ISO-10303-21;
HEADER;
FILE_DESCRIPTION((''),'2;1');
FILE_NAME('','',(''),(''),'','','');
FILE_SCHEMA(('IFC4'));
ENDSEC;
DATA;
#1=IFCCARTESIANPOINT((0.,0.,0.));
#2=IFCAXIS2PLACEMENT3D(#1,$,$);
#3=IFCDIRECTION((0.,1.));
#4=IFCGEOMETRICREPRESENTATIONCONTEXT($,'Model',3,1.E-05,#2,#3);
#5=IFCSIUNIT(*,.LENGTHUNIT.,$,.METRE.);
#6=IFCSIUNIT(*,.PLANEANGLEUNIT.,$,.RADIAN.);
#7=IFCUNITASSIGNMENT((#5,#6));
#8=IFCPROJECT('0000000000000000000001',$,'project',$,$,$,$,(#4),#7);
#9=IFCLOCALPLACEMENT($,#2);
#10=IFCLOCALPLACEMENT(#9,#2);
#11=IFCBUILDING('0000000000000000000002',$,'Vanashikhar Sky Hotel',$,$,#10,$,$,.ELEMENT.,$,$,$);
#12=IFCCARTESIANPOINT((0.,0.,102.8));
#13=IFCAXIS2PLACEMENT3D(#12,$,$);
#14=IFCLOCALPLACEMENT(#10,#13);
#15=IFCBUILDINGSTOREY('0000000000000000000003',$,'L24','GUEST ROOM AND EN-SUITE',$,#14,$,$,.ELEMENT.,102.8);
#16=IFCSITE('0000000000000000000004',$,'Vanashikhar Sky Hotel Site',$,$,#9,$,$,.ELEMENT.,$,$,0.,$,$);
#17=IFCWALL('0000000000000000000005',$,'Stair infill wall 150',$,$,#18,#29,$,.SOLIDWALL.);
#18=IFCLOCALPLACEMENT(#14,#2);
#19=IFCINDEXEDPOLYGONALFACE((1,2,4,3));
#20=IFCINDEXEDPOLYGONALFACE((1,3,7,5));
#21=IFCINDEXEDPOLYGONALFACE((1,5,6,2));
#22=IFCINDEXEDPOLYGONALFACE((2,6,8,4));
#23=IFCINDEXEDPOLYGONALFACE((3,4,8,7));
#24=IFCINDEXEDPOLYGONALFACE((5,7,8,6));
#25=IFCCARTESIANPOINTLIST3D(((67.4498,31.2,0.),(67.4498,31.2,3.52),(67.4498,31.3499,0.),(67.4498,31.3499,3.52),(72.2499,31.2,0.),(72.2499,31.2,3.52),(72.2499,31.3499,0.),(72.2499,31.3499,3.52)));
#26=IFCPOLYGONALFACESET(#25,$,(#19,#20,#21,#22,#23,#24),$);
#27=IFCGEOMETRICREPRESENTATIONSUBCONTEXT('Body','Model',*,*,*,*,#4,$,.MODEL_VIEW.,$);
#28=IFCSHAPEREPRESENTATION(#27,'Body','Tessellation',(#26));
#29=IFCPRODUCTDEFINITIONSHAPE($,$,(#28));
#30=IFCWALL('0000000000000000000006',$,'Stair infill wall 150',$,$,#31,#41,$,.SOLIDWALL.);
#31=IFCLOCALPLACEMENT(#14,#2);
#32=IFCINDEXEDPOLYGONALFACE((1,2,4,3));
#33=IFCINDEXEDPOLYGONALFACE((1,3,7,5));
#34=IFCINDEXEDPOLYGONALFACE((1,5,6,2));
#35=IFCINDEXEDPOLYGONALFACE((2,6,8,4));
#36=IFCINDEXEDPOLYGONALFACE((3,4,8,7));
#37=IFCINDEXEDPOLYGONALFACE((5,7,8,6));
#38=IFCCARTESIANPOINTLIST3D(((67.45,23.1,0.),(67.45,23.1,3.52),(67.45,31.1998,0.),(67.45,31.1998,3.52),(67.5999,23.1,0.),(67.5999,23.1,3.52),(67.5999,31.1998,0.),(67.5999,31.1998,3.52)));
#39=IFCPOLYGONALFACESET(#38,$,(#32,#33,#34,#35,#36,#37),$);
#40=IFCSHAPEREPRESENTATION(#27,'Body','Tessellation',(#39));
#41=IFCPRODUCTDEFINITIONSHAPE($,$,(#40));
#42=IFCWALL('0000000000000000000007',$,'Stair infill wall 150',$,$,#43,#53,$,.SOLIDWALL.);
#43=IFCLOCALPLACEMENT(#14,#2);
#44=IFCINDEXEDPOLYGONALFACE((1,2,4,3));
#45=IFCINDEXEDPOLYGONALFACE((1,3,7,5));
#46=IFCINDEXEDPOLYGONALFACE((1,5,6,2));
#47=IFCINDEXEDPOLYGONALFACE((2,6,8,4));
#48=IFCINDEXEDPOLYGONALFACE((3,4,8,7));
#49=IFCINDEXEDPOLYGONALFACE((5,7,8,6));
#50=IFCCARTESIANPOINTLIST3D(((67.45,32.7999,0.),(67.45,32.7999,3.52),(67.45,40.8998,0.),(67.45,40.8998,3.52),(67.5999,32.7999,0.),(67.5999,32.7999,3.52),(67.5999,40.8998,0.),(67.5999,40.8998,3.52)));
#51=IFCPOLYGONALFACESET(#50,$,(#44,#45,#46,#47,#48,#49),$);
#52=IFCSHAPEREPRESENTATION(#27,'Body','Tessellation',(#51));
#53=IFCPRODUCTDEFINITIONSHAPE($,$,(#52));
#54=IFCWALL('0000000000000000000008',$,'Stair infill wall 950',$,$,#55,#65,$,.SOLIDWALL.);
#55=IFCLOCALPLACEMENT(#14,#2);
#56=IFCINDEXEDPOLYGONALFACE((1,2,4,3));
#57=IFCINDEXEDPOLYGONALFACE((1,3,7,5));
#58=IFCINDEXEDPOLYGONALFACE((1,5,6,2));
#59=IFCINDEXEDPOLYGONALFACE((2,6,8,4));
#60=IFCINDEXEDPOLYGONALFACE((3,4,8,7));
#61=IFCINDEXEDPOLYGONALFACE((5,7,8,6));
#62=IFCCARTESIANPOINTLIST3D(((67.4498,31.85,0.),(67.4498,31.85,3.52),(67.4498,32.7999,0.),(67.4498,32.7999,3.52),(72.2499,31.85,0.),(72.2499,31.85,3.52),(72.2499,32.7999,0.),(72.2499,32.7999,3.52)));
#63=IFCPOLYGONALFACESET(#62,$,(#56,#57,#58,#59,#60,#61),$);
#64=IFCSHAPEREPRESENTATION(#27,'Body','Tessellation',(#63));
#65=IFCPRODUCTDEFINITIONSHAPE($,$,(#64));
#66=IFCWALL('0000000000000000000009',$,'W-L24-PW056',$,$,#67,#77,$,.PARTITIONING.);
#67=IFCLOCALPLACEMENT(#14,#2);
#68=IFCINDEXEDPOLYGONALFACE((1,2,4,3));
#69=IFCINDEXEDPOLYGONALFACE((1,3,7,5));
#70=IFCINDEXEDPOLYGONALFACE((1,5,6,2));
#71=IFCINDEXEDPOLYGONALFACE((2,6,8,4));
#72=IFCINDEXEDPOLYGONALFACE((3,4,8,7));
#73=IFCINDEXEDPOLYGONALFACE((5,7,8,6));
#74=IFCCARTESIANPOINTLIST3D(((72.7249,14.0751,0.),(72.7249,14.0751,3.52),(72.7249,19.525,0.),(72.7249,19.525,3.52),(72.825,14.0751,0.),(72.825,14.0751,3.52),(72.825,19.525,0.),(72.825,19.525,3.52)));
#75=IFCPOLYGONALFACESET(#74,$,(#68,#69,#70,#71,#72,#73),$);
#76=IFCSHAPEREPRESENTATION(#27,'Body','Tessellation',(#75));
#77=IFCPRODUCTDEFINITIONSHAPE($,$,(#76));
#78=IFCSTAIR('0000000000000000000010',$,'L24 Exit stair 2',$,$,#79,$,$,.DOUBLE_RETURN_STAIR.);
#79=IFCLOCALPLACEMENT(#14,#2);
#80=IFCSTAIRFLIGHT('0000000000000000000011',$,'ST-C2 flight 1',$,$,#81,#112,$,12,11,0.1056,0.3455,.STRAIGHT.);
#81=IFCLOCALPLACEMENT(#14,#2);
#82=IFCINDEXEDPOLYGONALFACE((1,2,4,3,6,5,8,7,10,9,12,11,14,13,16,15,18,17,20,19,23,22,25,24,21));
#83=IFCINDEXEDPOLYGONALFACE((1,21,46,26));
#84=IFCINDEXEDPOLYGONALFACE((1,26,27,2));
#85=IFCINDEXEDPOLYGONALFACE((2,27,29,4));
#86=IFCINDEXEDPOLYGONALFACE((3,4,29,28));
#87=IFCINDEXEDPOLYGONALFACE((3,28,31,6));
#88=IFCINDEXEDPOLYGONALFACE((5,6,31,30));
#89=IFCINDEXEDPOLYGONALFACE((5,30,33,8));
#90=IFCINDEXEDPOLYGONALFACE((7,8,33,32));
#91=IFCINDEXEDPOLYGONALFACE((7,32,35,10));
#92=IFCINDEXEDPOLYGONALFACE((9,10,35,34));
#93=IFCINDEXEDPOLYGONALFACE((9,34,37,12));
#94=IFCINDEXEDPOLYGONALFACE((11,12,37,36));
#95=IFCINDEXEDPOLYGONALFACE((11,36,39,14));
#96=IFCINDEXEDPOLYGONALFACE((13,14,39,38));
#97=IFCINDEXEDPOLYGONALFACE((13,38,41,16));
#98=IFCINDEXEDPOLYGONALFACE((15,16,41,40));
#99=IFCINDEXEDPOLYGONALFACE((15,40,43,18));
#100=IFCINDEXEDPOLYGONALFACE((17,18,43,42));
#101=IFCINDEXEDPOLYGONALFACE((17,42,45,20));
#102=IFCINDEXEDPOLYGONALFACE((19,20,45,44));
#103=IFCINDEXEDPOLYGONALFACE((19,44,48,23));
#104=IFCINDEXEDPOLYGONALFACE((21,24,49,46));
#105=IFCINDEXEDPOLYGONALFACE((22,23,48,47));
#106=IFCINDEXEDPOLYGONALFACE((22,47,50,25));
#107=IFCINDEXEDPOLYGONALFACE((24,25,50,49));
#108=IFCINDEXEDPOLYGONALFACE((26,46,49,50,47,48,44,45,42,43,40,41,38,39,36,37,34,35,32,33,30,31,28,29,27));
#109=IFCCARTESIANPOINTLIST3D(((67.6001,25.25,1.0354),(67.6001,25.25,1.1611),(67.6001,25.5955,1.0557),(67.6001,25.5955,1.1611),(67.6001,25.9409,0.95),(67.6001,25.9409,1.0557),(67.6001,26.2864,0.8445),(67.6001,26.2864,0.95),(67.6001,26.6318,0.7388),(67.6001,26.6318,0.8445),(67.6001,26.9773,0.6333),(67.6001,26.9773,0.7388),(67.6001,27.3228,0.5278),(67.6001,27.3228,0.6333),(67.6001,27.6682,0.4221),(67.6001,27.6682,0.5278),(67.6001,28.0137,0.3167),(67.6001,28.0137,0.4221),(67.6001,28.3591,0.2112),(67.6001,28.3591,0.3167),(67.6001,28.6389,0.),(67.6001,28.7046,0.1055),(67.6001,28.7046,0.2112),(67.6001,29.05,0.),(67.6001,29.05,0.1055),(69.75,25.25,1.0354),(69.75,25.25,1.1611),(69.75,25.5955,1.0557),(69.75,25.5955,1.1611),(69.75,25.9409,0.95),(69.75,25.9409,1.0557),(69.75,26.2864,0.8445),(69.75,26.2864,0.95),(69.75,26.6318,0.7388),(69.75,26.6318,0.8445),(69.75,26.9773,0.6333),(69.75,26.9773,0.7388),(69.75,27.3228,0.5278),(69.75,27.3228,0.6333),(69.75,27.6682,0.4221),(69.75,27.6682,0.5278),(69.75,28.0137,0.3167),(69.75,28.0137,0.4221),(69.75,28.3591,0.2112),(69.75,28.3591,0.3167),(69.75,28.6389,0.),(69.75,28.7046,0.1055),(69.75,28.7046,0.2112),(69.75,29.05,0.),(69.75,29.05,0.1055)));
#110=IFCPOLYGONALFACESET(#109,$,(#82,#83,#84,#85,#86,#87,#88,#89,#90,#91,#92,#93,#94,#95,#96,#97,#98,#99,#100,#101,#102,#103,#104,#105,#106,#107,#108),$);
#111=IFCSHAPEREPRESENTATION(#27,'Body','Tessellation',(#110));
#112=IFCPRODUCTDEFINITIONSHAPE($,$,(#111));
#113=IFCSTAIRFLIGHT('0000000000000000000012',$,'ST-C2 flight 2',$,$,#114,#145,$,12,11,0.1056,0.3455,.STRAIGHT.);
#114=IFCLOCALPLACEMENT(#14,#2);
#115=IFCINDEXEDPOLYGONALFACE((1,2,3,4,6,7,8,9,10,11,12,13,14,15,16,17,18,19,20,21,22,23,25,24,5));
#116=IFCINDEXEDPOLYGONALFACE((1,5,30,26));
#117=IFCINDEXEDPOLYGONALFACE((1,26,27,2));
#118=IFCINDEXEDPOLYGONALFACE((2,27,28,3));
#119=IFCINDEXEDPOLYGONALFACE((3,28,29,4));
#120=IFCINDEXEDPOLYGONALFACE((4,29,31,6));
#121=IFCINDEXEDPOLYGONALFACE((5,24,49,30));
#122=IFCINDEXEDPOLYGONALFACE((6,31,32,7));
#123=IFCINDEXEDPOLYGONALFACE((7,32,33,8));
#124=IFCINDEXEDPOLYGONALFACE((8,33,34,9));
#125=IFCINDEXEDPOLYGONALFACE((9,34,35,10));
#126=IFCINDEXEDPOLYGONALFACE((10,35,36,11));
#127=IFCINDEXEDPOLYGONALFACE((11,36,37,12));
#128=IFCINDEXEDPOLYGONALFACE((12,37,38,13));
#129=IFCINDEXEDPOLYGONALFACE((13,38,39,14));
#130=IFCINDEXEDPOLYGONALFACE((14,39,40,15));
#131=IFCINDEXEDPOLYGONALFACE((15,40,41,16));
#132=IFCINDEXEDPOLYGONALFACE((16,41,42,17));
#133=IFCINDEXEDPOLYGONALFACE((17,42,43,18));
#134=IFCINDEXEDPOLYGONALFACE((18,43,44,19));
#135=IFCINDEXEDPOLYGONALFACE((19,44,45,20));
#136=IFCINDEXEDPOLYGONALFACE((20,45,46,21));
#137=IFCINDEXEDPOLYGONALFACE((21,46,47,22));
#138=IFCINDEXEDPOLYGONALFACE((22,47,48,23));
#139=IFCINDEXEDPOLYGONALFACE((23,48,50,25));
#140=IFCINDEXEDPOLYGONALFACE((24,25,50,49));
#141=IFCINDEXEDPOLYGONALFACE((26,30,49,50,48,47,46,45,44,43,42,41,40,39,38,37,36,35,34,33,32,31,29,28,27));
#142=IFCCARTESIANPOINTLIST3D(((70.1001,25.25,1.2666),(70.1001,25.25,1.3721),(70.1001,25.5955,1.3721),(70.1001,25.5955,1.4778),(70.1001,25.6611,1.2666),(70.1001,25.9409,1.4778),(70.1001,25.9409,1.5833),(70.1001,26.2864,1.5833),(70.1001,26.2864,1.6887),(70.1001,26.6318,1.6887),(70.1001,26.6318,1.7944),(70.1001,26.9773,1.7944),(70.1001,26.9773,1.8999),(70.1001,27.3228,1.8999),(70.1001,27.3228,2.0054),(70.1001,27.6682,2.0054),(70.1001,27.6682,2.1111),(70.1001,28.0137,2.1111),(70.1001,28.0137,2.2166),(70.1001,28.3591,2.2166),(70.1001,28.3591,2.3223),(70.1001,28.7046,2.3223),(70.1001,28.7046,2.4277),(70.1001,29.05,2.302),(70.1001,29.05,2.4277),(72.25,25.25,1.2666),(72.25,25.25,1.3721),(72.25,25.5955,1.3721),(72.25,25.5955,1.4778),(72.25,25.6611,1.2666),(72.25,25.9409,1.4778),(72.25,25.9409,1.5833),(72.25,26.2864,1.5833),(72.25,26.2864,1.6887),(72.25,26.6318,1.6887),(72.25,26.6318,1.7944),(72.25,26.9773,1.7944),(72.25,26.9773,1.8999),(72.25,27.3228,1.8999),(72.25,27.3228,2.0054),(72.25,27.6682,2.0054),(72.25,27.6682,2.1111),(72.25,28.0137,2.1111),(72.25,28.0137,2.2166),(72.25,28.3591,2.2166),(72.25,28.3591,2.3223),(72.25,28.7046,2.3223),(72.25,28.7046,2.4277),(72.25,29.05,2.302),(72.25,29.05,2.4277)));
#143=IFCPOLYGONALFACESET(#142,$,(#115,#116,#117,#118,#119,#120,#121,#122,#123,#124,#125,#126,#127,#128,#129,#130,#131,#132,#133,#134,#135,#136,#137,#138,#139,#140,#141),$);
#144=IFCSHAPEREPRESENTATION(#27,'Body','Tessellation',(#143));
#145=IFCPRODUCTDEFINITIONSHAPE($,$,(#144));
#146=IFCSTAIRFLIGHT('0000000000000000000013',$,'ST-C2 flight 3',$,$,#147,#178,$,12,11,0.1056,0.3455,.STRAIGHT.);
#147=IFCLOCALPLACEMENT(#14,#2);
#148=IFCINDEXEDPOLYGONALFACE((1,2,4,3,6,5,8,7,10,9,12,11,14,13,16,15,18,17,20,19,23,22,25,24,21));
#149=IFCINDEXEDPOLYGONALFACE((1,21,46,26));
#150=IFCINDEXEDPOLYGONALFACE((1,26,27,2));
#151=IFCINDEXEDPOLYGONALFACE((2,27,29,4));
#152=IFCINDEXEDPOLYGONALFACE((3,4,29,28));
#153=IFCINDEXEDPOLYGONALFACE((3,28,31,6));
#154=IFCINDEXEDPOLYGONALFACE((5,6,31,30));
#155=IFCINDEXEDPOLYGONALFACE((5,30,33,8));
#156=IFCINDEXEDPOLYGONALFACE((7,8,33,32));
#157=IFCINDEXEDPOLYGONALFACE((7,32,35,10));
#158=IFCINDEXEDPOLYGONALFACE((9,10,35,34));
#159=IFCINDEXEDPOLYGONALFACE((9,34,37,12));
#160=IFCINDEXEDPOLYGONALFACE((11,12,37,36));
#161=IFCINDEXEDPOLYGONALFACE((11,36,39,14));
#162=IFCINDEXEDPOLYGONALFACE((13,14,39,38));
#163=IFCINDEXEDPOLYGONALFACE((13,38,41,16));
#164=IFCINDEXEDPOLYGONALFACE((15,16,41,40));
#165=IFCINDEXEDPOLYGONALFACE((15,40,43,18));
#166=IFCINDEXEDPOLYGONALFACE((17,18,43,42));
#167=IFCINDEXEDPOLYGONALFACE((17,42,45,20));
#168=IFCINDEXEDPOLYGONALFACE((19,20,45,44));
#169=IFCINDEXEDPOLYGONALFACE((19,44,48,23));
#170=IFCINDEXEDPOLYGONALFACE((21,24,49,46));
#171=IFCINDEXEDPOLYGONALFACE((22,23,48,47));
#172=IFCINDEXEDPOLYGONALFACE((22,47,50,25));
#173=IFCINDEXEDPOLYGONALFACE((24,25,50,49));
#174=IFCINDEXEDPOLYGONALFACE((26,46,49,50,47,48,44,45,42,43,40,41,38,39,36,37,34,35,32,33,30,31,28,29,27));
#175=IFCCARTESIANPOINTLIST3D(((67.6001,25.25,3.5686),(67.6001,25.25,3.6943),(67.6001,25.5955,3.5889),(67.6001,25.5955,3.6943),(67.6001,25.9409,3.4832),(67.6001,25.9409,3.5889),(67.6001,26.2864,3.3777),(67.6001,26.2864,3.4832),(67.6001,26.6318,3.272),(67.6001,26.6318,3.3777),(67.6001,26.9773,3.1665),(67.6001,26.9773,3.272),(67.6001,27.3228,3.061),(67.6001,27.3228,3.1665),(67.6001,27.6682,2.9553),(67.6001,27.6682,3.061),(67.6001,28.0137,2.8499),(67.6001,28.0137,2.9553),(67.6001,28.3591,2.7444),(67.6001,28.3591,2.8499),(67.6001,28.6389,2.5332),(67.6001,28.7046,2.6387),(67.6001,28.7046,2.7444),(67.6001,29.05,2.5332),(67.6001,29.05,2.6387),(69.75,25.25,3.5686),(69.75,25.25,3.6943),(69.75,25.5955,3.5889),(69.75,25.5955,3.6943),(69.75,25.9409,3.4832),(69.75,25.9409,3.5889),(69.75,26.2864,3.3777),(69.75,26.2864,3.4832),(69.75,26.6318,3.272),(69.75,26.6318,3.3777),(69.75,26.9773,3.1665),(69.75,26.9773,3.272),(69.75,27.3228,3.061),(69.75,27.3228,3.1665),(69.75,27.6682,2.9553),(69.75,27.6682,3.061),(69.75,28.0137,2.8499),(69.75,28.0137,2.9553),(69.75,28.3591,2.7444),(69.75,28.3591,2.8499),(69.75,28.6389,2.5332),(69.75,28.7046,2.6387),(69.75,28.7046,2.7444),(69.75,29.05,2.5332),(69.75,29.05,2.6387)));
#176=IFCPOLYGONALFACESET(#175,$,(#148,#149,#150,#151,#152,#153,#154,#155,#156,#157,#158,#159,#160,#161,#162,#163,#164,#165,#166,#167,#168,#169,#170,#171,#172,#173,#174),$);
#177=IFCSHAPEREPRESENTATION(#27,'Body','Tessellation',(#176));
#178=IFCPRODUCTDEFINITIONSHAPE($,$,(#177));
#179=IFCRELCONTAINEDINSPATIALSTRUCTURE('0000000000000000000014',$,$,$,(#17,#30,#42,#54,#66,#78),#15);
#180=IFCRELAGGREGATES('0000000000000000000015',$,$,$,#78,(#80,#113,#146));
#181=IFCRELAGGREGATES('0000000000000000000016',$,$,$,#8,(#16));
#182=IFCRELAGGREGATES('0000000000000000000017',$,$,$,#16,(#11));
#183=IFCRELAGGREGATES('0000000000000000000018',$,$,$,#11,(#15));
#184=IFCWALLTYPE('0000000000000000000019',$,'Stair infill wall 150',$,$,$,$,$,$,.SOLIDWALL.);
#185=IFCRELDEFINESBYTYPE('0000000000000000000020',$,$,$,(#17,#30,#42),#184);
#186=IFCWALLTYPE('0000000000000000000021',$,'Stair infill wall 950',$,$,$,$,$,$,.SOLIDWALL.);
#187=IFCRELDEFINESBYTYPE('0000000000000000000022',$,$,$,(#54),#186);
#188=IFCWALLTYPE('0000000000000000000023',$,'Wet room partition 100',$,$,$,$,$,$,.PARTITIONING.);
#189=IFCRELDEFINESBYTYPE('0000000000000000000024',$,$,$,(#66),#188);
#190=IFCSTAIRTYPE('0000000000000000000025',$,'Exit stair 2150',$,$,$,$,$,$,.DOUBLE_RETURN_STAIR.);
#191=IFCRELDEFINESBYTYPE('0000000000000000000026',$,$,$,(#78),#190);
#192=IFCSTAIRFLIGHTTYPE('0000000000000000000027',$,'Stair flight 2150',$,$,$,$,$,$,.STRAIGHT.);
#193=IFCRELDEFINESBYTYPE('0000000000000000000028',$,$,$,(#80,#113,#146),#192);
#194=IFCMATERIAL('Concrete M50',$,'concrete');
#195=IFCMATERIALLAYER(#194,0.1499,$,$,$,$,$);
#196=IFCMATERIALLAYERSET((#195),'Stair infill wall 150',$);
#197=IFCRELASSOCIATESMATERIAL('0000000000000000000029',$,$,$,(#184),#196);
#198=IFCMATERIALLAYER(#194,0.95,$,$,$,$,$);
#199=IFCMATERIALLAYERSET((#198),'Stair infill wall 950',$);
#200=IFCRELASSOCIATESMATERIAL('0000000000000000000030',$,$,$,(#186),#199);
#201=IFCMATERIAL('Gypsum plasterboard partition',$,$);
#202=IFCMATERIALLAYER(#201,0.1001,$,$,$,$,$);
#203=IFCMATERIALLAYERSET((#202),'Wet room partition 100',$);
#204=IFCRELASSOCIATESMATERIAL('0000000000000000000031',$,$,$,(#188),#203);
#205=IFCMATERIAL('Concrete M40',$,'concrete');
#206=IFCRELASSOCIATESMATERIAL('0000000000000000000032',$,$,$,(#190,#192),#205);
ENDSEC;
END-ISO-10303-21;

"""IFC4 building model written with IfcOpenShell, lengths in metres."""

from ifc_helpers import new_model, si_unit, direction, frame, frame_2d, origin, place, context, subcontext, project, spatial, polyline, rectangle, outline, extrude, source, transform, mapped, material, layer, layer_set, type_object, element, aggregate, save


model = new_model("IFC4")

# Units and contexts
model_context = context("Model", 3, precision=1e-05, world=origin(), true_north=direction((0.0, 1.0)))
body_context = subcontext(model_context, "Body", "Model", "MODEL_VIEW")
ifc_project = project(units=[si_unit("LENGTHUNIT", "METRE"), si_unit("PLANEANGLEUNIT", "RADIAN")], contexts=[model_context])

# Site, building, storey
site_placement = place(None, origin())
site = spatial("IfcSite", under=ifc_project, at=site_placement, Name="Vanashikhar Sky Hotel Site", CompositionType="ELEMENT", RefElevation=0.0)
building_placement = place(site_placement, origin())
building = spatial("IfcBuilding", under=site, at=building_placement, Name="Vanashikhar Sky Hotel", CompositionType="ELEMENT")
storey_placement = place(building_placement, frame((0.0, 0.0, 102.8)))
storey = spatial("IfcBuildingStorey", under=building, at=storey_placement, Name="L24", Description="GUEST ROOM AND EN-SUITE", CompositionType="ELEMENT", Elevation=102.8)

# Shared definitions
ifc_material_1 = material(Name="Concrete M50", Category="concrete")

# Shared definitions
ifc_material_2 = material(Name="Concrete M40", Category="concrete")

# Walls
ifc_layer_1 = layer(ifc_material_1, 0.1499)
ifc_layer_set_1 = layer_set([ifc_layer_1], Name="Stair infill wall 150")
wall_type_1 = type_object("IfcWallType", Name="Stair infill wall 150", PredefinedType="SOLIDWALL", material=ifc_layer_set_1)
shared_shape_1 = source(origin(), body_context, "Body", "SweptSolid", [
    extrude(rectangle(XDim=4.8, YDim=0.1499, at=frame_2d((2.3999, 0.0))), origin(), (0.0, 0.0, 1.0), 3.52),
])
wall_1_placement = place(storey_placement, frame((67.45, 31.2749, 0.0), z_axis=(0.0, 0.0, 1.0), x_axis=(1.0, 0.0, 0.0)))
element("IfcWall", 1, at=wall_1_placement, inside=storey, type_object=wall_type_1, Name="Stair infill wall 150", PredefinedType="SOLIDWALL", context=body_context, shape_type="MappedRepresentation", body=[
    mapped(shared_shape_1, transform((0.0, 0.0, 0.0), scale=1.0)),
])
shared_shape_2 = source(origin(), body_context, "Body", "SweptSolid", [
    extrude(rectangle(XDim=8.0999, YDim=0.1499, at=frame_2d((4.0498, 0.0))), origin(), (0.0, 0.0, 1.0), 3.52),
])
for number, where, z_axis, x_axis, name in (
    (2, (67.5249, 23.1001, 0.0), (0.0, 0.0, 1.0), (0.0, 1.0, 0.0), "Stair infill wall 150"),
    (3, (67.5249, 32.8, 0.0), (0.0, 0.0, 1.0), (0.0, 1.0, 0.0), "Stair infill wall 150"),
):
    element("IfcWall", number, at=place(storey_placement, frame(where, z_axis=z_axis, x_axis=x_axis)), inside=storey, type_object=wall_type_1, Name=name, PredefinedType="SOLIDWALL", context=body_context, shape_type="MappedRepresentation", body=[
        mapped(shared_shape_2, transform((0.0, 0.0, 0.0), scale=1.0)),
    ])
ifc_layer_2 = layer(ifc_material_1, 0.95)
ifc_layer_set_2 = layer_set([ifc_layer_2], Name="Stair infill wall 950")
wall_type_2 = type_object("IfcWallType", Name="Stair infill wall 950", PredefinedType="SOLIDWALL", material=ifc_layer_set_2)
shared_shape_3 = source(origin(), body_context, "Body", "SweptSolid", [
    extrude(rectangle(XDim=4.8, YDim=0.95, at=frame_2d((2.3999, 0.0))), origin(), (0.0, 0.0, 1.0), 3.52),
])
wall_2_placement = place(storey_placement, frame((67.45, 32.325, 0.0), z_axis=(0.0, 0.0, 1.0), x_axis=(1.0, 0.0, 0.0)))
element("IfcWall", 4, at=wall_2_placement, inside=storey, type_object=wall_type_2, Name="Stair infill wall 950", PredefinedType="SOLIDWALL", context=body_context, shape_type="MappedRepresentation", body=[
    mapped(shared_shape_3, transform((0.0, 0.0, 0.0), scale=1.0)),
])
ifc_material_3 = material(Name="Gypsum plasterboard partition")
ifc_layer_3 = layer(ifc_material_3, 0.1001)
ifc_layer_set_3 = layer_set([ifc_layer_3], Name="Wet room partition 100")
wall_type_3 = type_object("IfcWallType", Name="Wet room partition 100", PredefinedType="PARTITIONING", material=ifc_layer_set_3)
shared_shape_4 = source(origin(), body_context, "Body", "SweptSolid", [
    extrude(rectangle(XDim=5.45, YDim=0.1001, at=frame_2d((2.7251, 0.0))), origin(), (0.0, 0.0, 1.0), 3.52),
])
wall_3_placement = place(storey_placement, frame((72.7749, 14.075, 0.0), z_axis=(0.0, 0.0, 1.0), x_axis=(0.0, 1.0, 0.0)))
element("IfcWall", 5, at=wall_3_placement, inside=storey, type_object=wall_type_3, Name="W-L24-PW056", PredefinedType="PARTITIONING", context=body_context, shape_type="MappedRepresentation", body=[
    mapped(shared_shape_4, transform((0.0, 0.0, 0.0), scale=1.0)),
])

# Stair, stair flights
stair_type = type_object("IfcStairType", Name="Exit stair 2150", PredefinedType="DOUBLE_RETURN_STAIR", material=ifc_material_2)
stair_1_placement = place(storey_placement, origin())
stair_1 = element("IfcStair", 6, at=stair_1_placement, inside=storey, type_object=stair_type, Name="L24 Exit stair 2", PredefinedType="DOUBLE_RETURN_STAIR")
stair_flight_type = type_object("IfcStairFlightType", Name="Stair flight 2150", PredefinedType="STRAIGHT", material=ifc_material_2)
shared_shape_5 = source(origin(), body_context, "Body", "SweptSolid", [
    extrude(outline(polyline([(0.0, 0.0), (0.0, 0.1055), (0.3455, 0.1055), (0.3455, 0.2112), (0.6909, 0.2112), (0.6909, 0.3167), (1.0364, 0.3167), (1.0364, 0.4221), (1.3818, 0.4221), (1.3818, 0.5278), (1.7273, 0.5278), (1.7273, 0.6333), (2.0728, 0.6333), (2.0728, 0.7388), (2.4182, 0.7388), (2.4182, 0.8445), (2.7637, 0.8445), (2.7637, 0.95), (3.1091, 0.95), (3.1091, 1.0557), (3.4546, 1.0557), (3.4546, 1.1611), (3.8, 1.1611), (3.8, 1.2666), (3.8, 1.0354), (0.4111, 0.0), (0.0, 0.0)])), frame((0.0, 1.075, 0.0), z_axis=(0.0, -1.0, 0.0), x_axis=(1.0, 0.0, 0.0)), (0.0, 0.0, 1.0), 2.1499),
])
stair_flight_1_placement = place(storey_placement, frame((68.675, 29.05, 0.0), z_axis=(0.0, 0.0, 1.0), x_axis=(0.0, -1.0, 0.0)))
stair_flight_1 = element("IfcStairFlight", 7, at=stair_flight_1_placement, type_object=stair_flight_type, Name="ST-C2 flight 1", NumberOfRisers=12, NumberOfTreads=11, PredefinedType="STRAIGHT", RiserHeight=0.1056, TreadLength=0.3455, context=body_context, shape_type="MappedRepresentation", body=[
    mapped(shared_shape_5, transform((0.0, 0.0, 0.0), scale=1.0)),
])
stair_flight_2_placement = place(storey_placement, frame((71.175, 25.25, 1.2666), z_axis=(0.0, 0.0, 1.0), x_axis=(0.0, 1.0, 0.0)))
stair_flight_2 = element("IfcStairFlight", 8, at=stair_flight_2_placement, type_object=stair_flight_type, Name="ST-C2 flight 2", NumberOfRisers=12, NumberOfTreads=11, PredefinedType="STRAIGHT", RiserHeight=0.1056, TreadLength=0.3455, context=body_context, shape_type="MappedRepresentation", body=[
    mapped(shared_shape_5, transform((0.0, 0.0, 0.0), scale=1.0)),
])
stair_flight_3_placement = place(storey_placement, frame((68.675, 29.05, 2.5332), z_axis=(0.0, 0.0, 1.0), x_axis=(0.0, -1.0, 0.0)))
stair_flight_3 = element("IfcStairFlight", 9, at=stair_flight_3_placement, type_object=stair_flight_type, Name="ST-C2 flight 3", NumberOfRisers=12, NumberOfTreads=11, PredefinedType="STRAIGHT", RiserHeight=0.1056, TreadLength=0.3455, context=body_context, shape_type="MappedRepresentation", body=[
    mapped(shared_shape_5, transform((0.0, 0.0, 0.0), scale=1.0)),
])
aggregate(stair_1, [stair_flight_1, stair_flight_2, stair_flight_3])

save(model, "model.ifc")
